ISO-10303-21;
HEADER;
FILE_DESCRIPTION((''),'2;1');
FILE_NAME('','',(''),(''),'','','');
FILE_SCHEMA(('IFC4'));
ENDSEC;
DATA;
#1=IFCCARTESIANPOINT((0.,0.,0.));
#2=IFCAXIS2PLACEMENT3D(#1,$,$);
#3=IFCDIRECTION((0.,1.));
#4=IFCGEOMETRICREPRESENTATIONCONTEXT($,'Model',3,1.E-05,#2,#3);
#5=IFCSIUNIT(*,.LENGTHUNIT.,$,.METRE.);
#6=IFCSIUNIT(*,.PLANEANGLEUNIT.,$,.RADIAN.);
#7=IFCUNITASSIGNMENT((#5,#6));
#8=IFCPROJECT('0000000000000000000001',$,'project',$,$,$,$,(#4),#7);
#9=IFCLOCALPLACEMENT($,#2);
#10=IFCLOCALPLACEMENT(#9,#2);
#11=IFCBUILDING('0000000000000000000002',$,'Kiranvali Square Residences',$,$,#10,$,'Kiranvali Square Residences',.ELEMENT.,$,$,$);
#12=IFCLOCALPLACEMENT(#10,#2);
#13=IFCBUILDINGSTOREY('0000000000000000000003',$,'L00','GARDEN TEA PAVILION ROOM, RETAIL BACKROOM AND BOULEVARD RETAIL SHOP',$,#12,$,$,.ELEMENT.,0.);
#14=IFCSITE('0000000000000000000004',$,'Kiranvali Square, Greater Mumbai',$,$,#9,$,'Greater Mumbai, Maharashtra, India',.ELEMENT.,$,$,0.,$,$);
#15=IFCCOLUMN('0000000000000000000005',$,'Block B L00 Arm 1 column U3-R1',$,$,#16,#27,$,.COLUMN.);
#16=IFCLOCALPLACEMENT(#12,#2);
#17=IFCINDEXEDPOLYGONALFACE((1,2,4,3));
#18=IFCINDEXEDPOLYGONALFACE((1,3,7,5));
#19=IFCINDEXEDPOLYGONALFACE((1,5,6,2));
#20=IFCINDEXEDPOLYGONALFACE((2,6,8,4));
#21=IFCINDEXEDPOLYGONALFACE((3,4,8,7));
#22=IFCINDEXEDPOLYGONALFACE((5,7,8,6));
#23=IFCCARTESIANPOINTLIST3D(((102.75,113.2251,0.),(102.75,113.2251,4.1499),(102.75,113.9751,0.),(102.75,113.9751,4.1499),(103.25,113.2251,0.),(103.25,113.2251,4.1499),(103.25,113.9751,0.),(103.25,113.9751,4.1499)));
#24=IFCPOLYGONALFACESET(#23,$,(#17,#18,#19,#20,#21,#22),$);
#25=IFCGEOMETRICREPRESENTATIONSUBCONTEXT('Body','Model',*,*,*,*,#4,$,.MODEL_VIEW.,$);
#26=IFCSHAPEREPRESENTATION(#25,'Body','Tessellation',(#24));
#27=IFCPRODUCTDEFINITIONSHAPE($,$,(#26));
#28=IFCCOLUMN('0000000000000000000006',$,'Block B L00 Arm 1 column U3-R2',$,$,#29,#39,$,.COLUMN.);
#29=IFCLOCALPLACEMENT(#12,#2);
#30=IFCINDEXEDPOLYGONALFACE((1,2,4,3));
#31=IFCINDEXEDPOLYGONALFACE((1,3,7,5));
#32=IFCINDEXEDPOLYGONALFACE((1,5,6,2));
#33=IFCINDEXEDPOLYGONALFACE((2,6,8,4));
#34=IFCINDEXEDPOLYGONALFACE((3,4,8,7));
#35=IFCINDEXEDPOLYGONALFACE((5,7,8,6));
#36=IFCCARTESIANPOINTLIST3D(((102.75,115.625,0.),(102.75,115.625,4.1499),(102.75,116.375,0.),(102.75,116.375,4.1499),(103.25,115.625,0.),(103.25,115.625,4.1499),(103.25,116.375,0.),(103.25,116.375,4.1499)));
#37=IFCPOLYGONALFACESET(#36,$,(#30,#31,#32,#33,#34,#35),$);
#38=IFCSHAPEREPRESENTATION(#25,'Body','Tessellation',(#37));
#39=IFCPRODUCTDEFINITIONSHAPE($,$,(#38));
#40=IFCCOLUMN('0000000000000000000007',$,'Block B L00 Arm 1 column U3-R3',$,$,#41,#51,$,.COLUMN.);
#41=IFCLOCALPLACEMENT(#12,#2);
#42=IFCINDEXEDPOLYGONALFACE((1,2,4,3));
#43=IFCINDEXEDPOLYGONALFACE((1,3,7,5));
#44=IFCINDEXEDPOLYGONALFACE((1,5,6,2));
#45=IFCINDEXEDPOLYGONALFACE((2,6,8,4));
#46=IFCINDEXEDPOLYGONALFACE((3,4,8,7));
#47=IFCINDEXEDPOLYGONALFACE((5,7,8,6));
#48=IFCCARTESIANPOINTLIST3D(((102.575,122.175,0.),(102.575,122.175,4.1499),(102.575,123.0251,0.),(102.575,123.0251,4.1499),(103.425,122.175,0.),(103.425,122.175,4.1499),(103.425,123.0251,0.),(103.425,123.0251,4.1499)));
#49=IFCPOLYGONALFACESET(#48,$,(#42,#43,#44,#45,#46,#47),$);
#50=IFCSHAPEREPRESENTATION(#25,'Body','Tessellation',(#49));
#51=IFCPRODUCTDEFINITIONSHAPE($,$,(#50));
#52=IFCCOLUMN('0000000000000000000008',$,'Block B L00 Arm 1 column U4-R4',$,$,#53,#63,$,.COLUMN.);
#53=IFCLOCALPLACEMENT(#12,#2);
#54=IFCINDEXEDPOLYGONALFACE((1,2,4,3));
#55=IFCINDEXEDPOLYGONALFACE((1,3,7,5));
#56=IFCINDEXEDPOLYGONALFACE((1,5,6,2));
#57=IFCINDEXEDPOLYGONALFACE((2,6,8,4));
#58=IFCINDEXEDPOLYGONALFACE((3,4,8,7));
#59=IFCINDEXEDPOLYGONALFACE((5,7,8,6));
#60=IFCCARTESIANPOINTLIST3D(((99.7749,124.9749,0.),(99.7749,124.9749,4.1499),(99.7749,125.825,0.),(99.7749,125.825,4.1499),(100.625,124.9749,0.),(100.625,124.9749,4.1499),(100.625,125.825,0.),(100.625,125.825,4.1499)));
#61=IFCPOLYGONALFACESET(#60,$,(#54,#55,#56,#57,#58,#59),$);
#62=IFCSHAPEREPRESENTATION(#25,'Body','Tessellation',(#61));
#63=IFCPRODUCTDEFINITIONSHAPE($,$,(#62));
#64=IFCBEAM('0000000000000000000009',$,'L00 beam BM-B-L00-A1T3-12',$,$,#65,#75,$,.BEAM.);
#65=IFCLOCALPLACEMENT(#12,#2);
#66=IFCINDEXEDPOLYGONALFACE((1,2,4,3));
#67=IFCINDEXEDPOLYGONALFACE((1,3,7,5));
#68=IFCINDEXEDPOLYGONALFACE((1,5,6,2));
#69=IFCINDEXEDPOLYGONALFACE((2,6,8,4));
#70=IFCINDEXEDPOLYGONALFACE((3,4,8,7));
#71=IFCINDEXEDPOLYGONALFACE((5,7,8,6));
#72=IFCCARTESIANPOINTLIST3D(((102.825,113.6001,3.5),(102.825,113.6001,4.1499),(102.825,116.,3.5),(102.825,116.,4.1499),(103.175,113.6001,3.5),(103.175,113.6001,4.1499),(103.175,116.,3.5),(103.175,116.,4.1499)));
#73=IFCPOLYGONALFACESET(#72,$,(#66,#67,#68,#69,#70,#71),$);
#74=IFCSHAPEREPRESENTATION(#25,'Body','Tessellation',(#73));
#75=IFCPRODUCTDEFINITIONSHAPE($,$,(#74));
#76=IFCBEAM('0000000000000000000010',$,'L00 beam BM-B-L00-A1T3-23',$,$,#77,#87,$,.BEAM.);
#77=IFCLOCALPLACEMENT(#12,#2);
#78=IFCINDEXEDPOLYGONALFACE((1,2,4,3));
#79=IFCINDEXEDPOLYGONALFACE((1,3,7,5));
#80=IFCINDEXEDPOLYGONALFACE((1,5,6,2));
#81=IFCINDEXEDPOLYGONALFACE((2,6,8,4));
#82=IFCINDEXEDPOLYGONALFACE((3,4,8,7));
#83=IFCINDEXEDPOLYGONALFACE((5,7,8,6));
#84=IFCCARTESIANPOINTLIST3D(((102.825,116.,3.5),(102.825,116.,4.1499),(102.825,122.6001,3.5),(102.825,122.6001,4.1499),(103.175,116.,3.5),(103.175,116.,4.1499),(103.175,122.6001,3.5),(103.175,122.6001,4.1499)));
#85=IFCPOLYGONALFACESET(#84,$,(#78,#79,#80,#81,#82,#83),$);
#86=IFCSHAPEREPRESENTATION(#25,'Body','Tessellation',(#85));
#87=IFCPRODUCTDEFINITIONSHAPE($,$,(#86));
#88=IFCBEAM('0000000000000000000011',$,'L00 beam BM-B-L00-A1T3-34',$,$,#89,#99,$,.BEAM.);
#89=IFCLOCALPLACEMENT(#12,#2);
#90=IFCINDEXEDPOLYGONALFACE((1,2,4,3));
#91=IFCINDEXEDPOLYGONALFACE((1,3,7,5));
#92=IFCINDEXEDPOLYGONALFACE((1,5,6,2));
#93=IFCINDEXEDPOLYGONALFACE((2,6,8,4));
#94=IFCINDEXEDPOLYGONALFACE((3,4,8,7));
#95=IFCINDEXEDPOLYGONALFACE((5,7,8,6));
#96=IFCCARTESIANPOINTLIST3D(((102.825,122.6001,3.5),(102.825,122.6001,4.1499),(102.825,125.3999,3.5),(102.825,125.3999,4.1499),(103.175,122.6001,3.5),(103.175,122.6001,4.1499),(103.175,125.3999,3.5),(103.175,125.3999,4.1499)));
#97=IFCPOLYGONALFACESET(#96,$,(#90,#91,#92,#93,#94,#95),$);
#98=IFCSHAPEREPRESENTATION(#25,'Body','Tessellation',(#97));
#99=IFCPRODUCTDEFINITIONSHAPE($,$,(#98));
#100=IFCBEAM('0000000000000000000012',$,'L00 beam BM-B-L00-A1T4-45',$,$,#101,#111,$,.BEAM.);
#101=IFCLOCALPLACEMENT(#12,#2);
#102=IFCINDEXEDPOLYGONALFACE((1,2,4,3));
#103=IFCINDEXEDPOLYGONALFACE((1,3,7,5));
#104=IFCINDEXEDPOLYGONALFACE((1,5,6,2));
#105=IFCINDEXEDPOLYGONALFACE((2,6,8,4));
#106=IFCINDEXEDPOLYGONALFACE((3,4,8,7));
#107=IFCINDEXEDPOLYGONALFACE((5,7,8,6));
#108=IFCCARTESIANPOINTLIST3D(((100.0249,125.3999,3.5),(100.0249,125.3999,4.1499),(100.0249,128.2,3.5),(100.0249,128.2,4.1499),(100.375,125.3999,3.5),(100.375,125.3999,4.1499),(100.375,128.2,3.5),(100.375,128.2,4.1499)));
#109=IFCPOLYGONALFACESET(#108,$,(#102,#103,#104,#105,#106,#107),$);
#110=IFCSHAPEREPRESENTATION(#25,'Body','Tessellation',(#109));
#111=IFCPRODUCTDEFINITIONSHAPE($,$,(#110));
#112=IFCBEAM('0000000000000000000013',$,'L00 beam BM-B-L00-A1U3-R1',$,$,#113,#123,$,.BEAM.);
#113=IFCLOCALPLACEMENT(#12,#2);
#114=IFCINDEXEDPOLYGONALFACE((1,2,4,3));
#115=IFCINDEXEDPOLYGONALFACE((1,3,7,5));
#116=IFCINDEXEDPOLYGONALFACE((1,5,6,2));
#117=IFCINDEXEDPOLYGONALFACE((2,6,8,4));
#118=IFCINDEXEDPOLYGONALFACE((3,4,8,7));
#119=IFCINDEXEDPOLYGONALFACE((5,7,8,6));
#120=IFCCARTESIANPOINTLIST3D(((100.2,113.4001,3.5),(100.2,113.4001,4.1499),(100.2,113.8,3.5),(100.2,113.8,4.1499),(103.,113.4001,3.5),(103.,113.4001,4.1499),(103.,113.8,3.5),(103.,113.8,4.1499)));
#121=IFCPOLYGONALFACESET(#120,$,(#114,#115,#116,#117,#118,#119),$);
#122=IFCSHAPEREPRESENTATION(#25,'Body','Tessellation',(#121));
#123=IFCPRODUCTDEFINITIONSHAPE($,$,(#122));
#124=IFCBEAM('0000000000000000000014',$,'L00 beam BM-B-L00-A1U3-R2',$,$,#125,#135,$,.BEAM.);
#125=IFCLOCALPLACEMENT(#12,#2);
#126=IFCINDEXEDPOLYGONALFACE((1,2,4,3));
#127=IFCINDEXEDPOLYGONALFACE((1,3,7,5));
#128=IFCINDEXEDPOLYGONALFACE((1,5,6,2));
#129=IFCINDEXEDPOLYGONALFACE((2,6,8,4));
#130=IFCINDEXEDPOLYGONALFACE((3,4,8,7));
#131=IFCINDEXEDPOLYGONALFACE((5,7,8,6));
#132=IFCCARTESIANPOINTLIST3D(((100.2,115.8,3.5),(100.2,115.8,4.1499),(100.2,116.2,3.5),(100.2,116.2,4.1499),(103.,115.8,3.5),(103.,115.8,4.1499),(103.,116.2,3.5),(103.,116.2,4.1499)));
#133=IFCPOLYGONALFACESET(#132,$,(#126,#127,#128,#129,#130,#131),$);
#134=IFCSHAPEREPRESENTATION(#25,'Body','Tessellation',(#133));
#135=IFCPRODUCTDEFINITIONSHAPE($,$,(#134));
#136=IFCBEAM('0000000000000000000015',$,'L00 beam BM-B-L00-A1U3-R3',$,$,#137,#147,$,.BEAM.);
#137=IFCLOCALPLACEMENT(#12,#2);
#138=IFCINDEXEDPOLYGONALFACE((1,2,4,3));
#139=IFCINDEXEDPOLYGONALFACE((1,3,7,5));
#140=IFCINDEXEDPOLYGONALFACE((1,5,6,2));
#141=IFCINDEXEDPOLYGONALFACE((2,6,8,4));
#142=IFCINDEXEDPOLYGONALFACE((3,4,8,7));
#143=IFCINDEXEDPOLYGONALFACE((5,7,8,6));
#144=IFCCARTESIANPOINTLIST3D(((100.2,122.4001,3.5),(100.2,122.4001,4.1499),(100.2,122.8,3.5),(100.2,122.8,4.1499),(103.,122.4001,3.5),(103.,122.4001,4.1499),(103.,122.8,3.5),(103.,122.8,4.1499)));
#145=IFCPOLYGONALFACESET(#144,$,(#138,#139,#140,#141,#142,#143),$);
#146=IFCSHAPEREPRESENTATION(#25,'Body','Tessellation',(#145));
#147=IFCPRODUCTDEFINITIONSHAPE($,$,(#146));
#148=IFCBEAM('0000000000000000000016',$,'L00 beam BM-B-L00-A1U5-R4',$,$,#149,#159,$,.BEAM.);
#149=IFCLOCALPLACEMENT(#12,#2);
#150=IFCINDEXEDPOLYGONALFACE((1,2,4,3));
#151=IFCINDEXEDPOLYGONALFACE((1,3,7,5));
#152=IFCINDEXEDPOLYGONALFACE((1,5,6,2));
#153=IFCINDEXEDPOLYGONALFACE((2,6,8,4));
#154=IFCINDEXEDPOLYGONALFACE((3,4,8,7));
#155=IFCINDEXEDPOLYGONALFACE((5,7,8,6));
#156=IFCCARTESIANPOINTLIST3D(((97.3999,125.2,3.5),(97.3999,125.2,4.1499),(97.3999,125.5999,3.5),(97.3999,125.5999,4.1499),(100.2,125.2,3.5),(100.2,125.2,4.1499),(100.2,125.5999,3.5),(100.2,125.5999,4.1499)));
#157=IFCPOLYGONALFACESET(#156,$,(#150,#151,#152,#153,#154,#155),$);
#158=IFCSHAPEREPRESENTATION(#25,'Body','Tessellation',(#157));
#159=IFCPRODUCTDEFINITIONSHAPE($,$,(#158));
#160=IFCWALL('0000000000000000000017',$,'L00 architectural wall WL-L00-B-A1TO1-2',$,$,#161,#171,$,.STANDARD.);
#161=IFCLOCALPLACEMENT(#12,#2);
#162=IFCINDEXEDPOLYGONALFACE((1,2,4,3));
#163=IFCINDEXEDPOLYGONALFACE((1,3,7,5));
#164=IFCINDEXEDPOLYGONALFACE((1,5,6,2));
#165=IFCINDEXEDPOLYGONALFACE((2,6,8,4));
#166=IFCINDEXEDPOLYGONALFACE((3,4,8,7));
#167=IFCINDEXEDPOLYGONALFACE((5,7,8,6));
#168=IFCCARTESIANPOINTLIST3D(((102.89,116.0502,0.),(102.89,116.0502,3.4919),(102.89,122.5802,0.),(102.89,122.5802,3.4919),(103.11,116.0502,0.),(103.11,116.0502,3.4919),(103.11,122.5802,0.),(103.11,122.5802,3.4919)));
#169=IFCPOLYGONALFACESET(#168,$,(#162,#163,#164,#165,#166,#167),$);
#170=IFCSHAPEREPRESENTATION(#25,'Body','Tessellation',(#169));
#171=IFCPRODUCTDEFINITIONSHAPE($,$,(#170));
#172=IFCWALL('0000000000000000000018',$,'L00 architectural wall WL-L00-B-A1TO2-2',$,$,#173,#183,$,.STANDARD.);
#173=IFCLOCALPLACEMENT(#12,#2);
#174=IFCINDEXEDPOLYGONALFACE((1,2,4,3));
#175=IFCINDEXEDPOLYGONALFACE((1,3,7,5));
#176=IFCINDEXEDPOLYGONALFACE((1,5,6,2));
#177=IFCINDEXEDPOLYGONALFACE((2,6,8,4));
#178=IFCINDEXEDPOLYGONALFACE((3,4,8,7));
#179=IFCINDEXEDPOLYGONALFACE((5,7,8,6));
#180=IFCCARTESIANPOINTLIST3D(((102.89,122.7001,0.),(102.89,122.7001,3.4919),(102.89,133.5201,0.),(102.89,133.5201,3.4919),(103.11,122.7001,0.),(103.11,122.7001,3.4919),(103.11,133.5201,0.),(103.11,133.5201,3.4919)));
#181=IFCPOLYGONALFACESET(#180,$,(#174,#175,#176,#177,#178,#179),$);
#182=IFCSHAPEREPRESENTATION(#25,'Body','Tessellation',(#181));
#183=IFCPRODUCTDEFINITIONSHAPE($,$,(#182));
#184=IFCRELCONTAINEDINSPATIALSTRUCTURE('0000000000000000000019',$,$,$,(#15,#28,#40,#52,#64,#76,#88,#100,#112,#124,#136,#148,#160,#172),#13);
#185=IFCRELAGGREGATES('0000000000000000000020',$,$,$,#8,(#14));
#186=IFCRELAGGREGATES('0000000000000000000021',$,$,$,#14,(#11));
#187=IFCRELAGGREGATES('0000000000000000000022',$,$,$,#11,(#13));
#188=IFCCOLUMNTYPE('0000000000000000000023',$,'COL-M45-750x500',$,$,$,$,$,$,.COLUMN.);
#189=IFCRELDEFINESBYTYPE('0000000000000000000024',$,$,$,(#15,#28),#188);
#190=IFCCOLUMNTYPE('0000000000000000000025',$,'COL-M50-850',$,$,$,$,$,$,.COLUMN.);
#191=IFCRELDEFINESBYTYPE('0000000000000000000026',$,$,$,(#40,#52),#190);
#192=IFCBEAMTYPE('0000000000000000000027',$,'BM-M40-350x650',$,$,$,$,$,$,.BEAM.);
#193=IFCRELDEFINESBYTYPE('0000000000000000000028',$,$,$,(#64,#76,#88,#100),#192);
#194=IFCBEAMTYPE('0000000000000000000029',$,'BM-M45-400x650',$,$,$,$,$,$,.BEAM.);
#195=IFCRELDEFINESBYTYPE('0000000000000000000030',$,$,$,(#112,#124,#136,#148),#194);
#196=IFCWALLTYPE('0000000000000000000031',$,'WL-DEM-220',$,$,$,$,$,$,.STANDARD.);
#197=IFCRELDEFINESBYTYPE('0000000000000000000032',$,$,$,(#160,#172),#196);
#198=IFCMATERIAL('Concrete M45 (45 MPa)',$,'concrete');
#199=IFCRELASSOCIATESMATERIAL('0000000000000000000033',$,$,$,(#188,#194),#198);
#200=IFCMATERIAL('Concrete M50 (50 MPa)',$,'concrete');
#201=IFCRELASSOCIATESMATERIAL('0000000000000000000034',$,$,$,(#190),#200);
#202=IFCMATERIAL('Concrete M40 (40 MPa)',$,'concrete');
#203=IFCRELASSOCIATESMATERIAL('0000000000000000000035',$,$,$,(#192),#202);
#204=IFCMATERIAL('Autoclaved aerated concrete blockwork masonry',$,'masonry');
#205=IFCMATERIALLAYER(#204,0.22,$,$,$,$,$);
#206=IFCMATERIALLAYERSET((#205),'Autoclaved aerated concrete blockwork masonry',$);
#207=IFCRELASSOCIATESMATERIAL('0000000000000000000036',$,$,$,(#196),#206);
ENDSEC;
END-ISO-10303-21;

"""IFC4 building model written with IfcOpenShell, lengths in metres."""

from ifc_helpers import new_model, si_unit, direction, frame, frame_2d, origin, origin_2d, place, context, subcontext, project, spatial, rectangle, extrude, material, layer, layer_set, material_profile, profile_set, type_object, element, save


model = new_model("IFC4")

# Units and contexts
model_context = context("Model", 3, precision=1e-05, world=origin(), true_north=direction((0.0, 1.0)))
body_context = subcontext(model_context, "Body", "Model", "MODEL_VIEW")
ifc_project = project(units=[si_unit("LENGTHUNIT", "METRE"), si_unit("PLANEANGLEUNIT", "RADIAN")], contexts=[model_context])

# Site, building, storey
site_placement = place(None, origin())
site = spatial("IfcSite", under=ifc_project, at=site_placement, Name="Kiranvali Square, Greater Mumbai", LongName="Greater Mumbai, Maharashtra, India", CompositionType="ELEMENT", RefElevation=0.0)
building_placement = place(site_placement, origin())
building = spatial("IfcBuilding", under=site, at=building_placement, Name="Kiranvali Square Residences", LongName="Kiranvali Square Residences", CompositionType="ELEMENT")
storey_placement = place(building_placement, origin())
storey = spatial("IfcBuildingStorey", under=building, at=storey_placement, Name="L00", Description="GARDEN TEA PAVILION ROOM, RETAIL BACKROOM AND BOULEVARD RETAIL SHOP", CompositionType="ELEMENT", Elevation=0.0)

# Columns
ifc_material_1 = material(Name="Concrete M45 (45 MPa)", Category="concrete")
ifc_material_profile_1 = material_profile(ifc_material_1, rectangle(XDim=0.5, YDim=0.75, at=origin_2d()), Name="RC 750x500")
ifc_profile_set_1 = profile_set([ifc_material_profile_1], Name="Concrete M45 (45 MPa)")
column_type_1 = type_object("IfcColumnType", Name="COL-M45-750x500", PredefinedType="COLUMN", material=ifc_profile_set_1)
for number, where, z_axis, x_axis, name in (
    (1, (103.0, 113.6001, 0.0), (0.0, 0.0, 1.0), (1.0, 0.0, 0.0), "Block B L00 Arm 1 column U3-R1"),
    (2, (103.0, 116.0, 0.0), (0.0, 0.0, 1.0), (1.0, 0.0, 0.0), "Block B L00 Arm 1 column U3-R2"),
):
    element("IfcColumn", number, at=place(storey_placement, frame(where, z_axis=z_axis, x_axis=x_axis)), inside=storey, type_object=column_type_1, Name=name, PredefinedType="COLUMN", context=body_context, shape_type="SweptSolid", body=[
        extrude(rectangle(XDim=0.5, YDim=0.75, at=origin_2d()), origin(), (0.0, 0.0, 1.0), 4.1499),
    ])
ifc_material_2 = material(Name="Concrete M50 (50 MPa)", Category="concrete")
ifc_material_profile_2 = material_profile(ifc_material_2, rectangle(XDim=0.8501, YDim=0.8501, at=origin_2d()), Name="RC 850x850")
ifc_profile_set_2 = profile_set([ifc_material_profile_2], Name="Concrete M50 (50 MPa)")
column_type_2 = type_object("IfcColumnType", Name="COL-M50-850", PredefinedType="COLUMN", material=ifc_profile_set_2)
for number, where, z_axis, x_axis, name in (
    (3, (103.0, 122.6001, 0.0), (0.0, 0.0, 1.0), (1.0, 0.0, 0.0), "Block B L00 Arm 1 column U3-R3"),
    (4, (100.2, 125.3999, 0.0), (0.0, 0.0, 1.0), (1.0, 0.0, 0.0), "Block B L00 Arm 1 column U4-R4"),
):
    element("IfcColumn", number, at=place(storey_placement, frame(where, z_axis=z_axis, x_axis=x_axis)), inside=storey, type_object=column_type_2, Name=name, PredefinedType="COLUMN", context=body_context, shape_type="SweptSolid", body=[
        extrude(rectangle(XDim=0.8501, YDim=0.8501, at=origin_2d()), origin(), (0.0, 0.0, 1.0), 4.1499),
    ])

# Beams
ifc_material_3 = material(Name="Concrete M40 (40 MPa)", Category="concrete")
ifc_material_profile_3 = material_profile(ifc_material_3, rectangle(XDim=0.3501, YDim=0.6499, at=origin_2d()), Name="RC 350x650")
ifc_profile_set_3 = profile_set([ifc_material_profile_3], Name="Concrete M40 (40 MPa)")
beam_type_1 = type_object("IfcBeamType", Name="BM-M40-350x650", PredefinedType="BEAM", material=ifc_profile_set_3)
beam_1_placement = place(storey_placement, frame((103.0, 113.6001, 3.825), z_axis=(0.0, 1.0, 0.0), x_axis=(-1.0, 0.0, 0.0)))
element("IfcBeam", 5, at=beam_1_placement, inside=storey, type_object=beam_type_1, Name="L00 beam BM-B-L00-A1T3-12", PredefinedType="BEAM", context=body_context, shape_type="SweptSolid", body=[
    extrude(rectangle(XDim=0.3501, YDim=0.6499, at=origin_2d()), origin(), (0.0, 0.0, 1.0), 2.3999),
])
beam_2_placement = place(storey_placement, frame((103.0, 116.0, 3.825), z_axis=(0.0, 1.0, 0.0), x_axis=(-1.0, 0.0, 0.0)))
element("IfcBeam", 6, at=beam_2_placement, inside=storey, type_object=beam_type_1, Name="L00 beam BM-B-L00-A1T3-23", PredefinedType="BEAM", context=body_context, shape_type="SweptSolid", body=[
    extrude(rectangle(XDim=0.3501, YDim=0.6499, at=origin_2d()), origin(), (0.0, 0.0, 1.0), 6.6001),
])
beam_3_placement = place(storey_placement, frame((103.0, 122.6001, 3.825), z_axis=(0.0, 1.0, 0.0), x_axis=(-1.0, 0.0, 0.0)))
element("IfcBeam", 7, at=beam_3_placement, inside=storey, type_object=beam_type_1, Name="L00 beam BM-B-L00-A1T3-34", PredefinedType="BEAM", context=body_context, shape_type="SweptSolid", body=[
    extrude(rectangle(XDim=0.3501, YDim=0.6499, at=origin_2d()), origin(), (0.0, 0.0, 1.0), 2.7998),
])
beam_4_placement = place(storey_placement, frame((100.2, 125.3999, 3.825), z_axis=(0.0, 1.0, 0.0), x_axis=(-1.0, 0.0, 0.0)))
element("IfcBeam", 8, at=beam_4_placement, inside=storey, type_object=beam_type_1, Name="L00 beam BM-B-L00-A1T4-45", PredefinedType="BEAM", context=body_context, shape_type="SweptSolid", body=[
    extrude(rectangle(XDim=0.3501, YDim=0.6499, at=origin_2d()), origin(), (0.0, 0.0, 1.0), 2.8),
])
ifc_material_profile_4 = material_profile(ifc_material_1, rectangle(XDim=0.3999, YDim=0.6499, at=origin_2d()), Name="RC 400x650")
ifc_profile_set_4 = profile_set([ifc_material_profile_4], Name="Concrete M45 (45 MPa)")
beam_type_2 = type_object("IfcBeamType", Name="BM-M45-400x650", PredefinedType="BEAM", material=ifc_profile_set_4)
for number, where, z_axis, x_axis, name in (
    (9, (103.0, 113.6001, 3.825), (-1.0, 0.0, 0.0), (0.0, -1.0, 0.0), "L00 beam BM-B-L00-A1U3-R1"),
    (10, (103.0, 116.0, 3.825), (-1.0, 0.0, 0.0), (0.0, -1.0, 0.0), "L00 beam BM-B-L00-A1U3-R2"),
    (11, (103.0, 122.6001, 3.825), (-1.0, 0.0, 0.0), (0.0, -1.0, 0.0), "L00 beam BM-B-L00-A1U3-R3"),
    (12, (100.2, 125.3999, 3.825), (-1.0, 0.0, 0.0), (0.0, -1.0, 0.0), "L00 beam BM-B-L00-A1U5-R4"),
):
    element("IfcBeam", number, at=place(storey_placement, frame(where, z_axis=z_axis, x_axis=x_axis)), inside=storey, type_object=beam_type_2, Name=name, PredefinedType="BEAM", context=body_context, shape_type="SweptSolid", body=[
        extrude(rectangle(XDim=0.3999, YDim=0.6499, at=origin_2d()), origin(), (0.0, 0.0, 1.0), 2.8),
    ])

# Shared definitions
ifc_material_4 = material(Name="Autoclaved aerated concrete blockwork masonry", Category="masonry")

# Walls
ifc_layer_1 = layer(ifc_material_4, 0.22)
ifc_layer_set_1 = layer_set([ifc_layer_1], Name="Autoclaved aerated concrete blockwork masonry")
wall_type_1 = type_object("IfcWallType", Name="WL-DEM-220", PredefinedType="STANDARD", material=ifc_layer_set_1)
wall_1_placement = place(storey_placement, frame((103.0, 116.05, 0.0), z_axis=(0.0, 0.0, 1.0), x_axis=(0.0, 1.0, 0.0)))
element("IfcWall", 13, at=wall_1_placement, inside=storey, type_object=wall_type_1, Name="L00 architectural wall WL-L00-B-A1TO1-2", PredefinedType="STANDARD", context=body_context, shape_type="SweptSolid", body=[
    extrude(rectangle(XDim=6.53, YDim=0.22, at=frame_2d((3.2651, 0.0))), origin(), (0.0, 0.0, 1.0), 3.4919),
])
wall_2_placement = place(storey_placement, frame((103.0, 122.7, 0.0), z_axis=(0.0, 0.0, 1.0), x_axis=(0.0, 1.0, 0.0)))
element("IfcWall", 14, at=wall_2_placement, inside=storey, type_object=wall_type_1, Name="L00 architectural wall WL-L00-B-A1TO2-2", PredefinedType="STANDARD", context=body_context, shape_type="SweptSolid", body=[
    extrude(rectangle(XDim=10.8201, YDim=0.22, at=frame_2d((5.4102, 0.0))), origin(), (0.0, 0.0, 1.0), 3.4919),
])

save(model, "model.ifc")
